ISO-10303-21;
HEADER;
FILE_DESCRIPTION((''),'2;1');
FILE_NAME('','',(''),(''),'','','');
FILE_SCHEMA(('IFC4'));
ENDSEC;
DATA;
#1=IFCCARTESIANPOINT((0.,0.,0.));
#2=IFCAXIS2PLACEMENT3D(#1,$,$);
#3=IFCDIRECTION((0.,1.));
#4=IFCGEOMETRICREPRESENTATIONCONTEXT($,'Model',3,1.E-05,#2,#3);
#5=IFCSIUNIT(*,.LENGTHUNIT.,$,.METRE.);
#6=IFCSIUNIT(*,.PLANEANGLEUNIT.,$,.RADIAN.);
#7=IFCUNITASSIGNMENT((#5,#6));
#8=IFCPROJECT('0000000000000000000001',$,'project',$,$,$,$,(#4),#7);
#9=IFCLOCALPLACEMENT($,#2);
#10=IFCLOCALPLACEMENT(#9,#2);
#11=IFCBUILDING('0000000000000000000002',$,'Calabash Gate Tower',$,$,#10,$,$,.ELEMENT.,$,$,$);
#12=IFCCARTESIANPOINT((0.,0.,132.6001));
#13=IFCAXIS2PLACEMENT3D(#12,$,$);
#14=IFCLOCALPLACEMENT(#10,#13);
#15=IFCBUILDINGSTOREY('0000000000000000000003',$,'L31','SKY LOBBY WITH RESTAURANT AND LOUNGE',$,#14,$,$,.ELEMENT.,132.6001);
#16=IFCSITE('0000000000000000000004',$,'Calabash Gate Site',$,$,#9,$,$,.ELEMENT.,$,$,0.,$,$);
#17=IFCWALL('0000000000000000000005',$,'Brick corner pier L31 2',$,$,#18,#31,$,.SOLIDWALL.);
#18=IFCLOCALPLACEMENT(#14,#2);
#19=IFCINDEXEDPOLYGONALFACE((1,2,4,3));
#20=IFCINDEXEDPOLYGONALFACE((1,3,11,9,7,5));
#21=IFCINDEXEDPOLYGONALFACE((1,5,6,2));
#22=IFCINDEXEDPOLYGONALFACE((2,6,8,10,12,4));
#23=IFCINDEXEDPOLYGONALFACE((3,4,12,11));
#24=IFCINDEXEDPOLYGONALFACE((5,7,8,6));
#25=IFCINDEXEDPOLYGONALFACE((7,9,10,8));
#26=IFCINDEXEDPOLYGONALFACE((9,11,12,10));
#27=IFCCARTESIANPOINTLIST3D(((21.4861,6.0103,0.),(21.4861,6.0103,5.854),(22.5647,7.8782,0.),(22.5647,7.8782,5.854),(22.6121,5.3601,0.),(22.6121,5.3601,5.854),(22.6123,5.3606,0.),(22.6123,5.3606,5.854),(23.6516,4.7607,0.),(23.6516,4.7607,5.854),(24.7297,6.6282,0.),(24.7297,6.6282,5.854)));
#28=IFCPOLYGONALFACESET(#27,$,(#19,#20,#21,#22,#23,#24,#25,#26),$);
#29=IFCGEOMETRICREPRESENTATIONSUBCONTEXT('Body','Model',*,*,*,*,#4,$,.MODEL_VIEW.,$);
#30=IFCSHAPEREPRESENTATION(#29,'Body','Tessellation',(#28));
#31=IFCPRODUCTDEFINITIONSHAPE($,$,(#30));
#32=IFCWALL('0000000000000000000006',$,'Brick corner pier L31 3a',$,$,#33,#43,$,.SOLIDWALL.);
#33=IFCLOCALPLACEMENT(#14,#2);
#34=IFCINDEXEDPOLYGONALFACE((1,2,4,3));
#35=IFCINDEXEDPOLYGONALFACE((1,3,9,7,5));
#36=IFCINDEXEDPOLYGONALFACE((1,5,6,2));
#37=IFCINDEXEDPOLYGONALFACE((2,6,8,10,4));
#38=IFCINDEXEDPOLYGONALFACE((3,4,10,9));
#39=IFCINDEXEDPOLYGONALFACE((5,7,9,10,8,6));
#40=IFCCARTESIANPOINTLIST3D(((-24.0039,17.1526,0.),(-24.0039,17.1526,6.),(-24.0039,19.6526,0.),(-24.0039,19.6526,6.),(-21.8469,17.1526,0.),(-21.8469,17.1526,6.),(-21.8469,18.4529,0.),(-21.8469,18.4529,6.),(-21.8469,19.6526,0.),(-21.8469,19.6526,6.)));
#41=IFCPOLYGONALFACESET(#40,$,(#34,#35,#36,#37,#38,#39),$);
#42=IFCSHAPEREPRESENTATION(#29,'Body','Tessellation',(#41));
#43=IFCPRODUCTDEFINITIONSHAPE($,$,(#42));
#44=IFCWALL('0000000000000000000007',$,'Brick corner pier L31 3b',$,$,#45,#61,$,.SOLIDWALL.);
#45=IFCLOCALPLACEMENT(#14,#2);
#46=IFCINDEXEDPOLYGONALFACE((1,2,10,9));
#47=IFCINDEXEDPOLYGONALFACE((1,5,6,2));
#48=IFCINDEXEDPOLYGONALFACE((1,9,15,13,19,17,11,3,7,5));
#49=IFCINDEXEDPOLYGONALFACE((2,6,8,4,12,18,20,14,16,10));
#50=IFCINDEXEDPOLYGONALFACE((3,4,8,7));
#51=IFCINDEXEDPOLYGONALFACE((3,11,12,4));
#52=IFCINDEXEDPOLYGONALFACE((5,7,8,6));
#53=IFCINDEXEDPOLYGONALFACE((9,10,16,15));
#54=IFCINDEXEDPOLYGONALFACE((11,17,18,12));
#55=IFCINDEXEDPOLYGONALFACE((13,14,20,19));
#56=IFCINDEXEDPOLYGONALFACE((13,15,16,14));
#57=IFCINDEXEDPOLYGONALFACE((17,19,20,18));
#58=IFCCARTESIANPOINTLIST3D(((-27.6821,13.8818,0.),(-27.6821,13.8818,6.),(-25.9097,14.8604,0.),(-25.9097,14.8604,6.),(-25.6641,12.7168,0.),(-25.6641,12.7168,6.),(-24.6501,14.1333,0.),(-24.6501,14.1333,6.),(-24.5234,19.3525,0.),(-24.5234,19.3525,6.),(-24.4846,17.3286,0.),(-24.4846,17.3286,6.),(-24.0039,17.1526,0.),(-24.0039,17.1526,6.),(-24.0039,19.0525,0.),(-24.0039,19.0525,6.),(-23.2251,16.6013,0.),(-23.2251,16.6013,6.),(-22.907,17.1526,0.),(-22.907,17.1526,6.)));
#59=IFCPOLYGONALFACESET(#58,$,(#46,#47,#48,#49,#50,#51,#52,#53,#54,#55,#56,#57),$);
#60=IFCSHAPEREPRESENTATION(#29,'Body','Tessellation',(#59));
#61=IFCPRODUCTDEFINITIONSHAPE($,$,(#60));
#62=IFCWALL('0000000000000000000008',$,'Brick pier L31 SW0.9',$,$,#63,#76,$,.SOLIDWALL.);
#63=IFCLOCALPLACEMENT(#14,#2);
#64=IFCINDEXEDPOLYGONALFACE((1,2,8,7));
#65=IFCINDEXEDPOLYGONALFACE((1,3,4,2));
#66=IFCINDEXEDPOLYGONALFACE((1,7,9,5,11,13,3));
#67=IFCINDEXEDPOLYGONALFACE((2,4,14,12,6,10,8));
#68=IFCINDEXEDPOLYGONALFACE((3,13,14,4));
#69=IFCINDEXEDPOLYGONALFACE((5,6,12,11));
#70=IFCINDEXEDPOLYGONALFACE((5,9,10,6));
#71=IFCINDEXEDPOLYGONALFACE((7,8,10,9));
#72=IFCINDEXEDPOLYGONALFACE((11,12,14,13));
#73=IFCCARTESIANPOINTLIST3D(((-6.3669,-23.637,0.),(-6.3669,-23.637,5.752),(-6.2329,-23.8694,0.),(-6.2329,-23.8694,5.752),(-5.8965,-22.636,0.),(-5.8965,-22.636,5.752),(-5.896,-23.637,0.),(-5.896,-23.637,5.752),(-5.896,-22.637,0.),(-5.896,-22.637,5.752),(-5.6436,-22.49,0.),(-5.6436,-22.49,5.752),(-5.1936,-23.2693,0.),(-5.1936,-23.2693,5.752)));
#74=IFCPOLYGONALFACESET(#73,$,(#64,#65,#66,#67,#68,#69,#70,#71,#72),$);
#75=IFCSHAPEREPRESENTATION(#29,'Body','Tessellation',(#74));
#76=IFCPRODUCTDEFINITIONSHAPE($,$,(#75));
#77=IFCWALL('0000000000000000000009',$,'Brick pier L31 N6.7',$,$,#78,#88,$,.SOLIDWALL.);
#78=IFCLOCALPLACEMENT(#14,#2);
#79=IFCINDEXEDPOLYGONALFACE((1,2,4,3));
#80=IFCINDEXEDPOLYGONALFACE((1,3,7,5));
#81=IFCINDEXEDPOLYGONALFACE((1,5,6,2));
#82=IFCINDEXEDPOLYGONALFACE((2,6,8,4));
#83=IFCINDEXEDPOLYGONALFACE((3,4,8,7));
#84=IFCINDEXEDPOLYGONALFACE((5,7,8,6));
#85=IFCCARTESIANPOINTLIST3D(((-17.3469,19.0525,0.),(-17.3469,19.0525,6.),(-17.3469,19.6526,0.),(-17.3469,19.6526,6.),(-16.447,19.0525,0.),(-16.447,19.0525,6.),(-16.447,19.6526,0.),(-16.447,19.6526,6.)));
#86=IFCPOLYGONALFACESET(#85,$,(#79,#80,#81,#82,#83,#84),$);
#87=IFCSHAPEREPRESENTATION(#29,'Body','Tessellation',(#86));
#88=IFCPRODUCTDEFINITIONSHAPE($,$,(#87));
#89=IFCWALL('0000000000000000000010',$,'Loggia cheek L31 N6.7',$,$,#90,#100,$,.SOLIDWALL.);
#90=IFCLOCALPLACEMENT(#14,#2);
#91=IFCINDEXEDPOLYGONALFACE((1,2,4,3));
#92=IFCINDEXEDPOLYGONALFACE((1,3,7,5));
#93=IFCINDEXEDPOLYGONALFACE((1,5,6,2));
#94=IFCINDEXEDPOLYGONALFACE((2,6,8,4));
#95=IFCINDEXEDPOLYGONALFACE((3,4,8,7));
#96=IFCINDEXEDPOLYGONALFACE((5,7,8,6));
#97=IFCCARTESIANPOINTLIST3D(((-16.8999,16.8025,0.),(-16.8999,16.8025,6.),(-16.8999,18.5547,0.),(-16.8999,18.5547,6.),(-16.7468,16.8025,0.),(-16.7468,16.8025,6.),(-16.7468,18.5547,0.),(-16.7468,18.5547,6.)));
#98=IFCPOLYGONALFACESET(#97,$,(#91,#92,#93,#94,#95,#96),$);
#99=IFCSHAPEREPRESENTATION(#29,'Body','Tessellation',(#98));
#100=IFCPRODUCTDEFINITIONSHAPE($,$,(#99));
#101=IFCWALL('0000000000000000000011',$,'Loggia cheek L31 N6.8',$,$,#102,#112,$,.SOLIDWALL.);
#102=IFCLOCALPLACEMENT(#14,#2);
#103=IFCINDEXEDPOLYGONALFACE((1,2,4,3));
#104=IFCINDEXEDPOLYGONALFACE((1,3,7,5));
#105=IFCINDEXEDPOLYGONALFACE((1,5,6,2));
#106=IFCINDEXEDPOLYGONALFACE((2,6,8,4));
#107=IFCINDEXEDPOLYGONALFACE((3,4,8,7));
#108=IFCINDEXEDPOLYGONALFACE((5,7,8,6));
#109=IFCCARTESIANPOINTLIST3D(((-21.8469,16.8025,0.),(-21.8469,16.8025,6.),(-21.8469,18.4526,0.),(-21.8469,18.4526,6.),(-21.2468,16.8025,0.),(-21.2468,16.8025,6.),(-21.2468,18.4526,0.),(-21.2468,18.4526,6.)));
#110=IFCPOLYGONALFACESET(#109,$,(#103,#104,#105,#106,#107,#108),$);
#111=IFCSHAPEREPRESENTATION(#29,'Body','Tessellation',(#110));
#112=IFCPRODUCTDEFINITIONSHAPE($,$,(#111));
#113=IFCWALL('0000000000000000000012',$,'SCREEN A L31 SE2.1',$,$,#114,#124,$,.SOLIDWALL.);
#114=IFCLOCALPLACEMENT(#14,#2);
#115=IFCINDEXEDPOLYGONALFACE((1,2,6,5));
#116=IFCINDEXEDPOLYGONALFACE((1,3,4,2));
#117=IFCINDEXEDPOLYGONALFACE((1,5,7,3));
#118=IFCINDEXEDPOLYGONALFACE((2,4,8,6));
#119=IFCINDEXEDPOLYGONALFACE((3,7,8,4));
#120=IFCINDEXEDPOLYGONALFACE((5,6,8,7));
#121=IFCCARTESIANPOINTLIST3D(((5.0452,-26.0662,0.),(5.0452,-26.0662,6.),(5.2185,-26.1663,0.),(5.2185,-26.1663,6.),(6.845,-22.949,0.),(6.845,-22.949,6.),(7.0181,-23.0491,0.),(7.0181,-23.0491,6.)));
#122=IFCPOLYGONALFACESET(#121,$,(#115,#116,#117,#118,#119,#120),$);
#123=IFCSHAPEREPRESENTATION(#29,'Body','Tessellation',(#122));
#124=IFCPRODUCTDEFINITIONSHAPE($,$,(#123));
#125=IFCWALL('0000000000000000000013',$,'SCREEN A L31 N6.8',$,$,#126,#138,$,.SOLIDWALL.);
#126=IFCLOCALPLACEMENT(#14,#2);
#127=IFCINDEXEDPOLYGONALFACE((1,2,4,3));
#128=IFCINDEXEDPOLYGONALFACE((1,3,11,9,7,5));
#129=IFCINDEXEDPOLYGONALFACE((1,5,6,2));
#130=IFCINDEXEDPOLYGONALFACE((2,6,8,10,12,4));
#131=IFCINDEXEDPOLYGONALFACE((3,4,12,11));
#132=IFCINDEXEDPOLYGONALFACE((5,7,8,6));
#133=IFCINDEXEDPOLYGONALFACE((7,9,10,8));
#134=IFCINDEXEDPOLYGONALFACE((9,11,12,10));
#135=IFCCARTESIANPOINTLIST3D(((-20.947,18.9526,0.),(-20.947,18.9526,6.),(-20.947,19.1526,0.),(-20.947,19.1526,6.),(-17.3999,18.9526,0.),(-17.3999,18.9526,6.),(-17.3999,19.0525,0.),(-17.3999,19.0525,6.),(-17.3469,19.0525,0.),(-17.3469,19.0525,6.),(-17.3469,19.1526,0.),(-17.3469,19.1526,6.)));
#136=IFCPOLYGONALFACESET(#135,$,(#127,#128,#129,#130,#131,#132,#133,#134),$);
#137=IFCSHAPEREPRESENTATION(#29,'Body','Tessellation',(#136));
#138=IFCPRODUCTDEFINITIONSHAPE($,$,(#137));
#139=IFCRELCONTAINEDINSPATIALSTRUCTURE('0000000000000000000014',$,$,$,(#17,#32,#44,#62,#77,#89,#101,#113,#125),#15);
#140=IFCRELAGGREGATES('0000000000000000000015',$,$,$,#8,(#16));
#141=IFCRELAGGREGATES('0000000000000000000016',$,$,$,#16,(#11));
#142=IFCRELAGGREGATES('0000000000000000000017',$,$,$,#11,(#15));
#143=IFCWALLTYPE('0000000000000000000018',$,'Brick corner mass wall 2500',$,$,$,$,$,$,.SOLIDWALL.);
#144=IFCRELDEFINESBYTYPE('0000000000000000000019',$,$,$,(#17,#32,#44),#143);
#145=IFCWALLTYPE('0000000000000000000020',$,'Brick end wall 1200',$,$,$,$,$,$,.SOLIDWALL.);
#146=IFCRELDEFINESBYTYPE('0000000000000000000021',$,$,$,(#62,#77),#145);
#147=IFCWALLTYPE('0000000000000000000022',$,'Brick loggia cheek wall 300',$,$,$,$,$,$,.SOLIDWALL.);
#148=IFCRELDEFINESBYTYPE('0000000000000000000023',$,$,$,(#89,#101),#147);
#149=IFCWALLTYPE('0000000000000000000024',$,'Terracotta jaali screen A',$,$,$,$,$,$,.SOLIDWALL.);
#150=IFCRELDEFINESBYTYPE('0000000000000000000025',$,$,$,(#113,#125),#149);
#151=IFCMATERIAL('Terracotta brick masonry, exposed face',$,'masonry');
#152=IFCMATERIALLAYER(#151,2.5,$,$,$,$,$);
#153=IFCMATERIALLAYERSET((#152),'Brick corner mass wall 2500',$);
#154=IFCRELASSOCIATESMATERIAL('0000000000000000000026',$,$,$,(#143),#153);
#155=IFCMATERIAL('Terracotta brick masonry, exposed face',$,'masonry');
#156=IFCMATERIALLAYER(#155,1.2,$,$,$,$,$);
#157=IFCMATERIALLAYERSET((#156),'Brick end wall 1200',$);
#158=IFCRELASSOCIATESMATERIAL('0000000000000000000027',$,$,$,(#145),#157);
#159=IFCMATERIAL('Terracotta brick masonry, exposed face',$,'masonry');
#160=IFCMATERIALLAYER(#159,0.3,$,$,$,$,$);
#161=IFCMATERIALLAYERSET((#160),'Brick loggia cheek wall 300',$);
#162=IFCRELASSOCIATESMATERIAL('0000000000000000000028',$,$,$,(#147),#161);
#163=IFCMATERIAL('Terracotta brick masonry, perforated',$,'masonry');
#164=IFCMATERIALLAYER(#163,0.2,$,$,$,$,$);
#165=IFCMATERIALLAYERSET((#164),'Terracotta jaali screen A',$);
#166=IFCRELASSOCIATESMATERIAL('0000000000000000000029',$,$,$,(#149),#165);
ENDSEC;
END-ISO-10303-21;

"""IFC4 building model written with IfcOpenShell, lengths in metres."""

from ifc_helpers import new_model, si_unit, direction, frame, origin, place, context, subcontext, project, spatial, polyline, outline, extrude, material, layer, layer_set, type_object, element, save


model = new_model("IFC4")

# Units and contexts
model_context = context("Model", 3, precision=1e-05, world=origin(), true_north=direction((0.0, 1.0)))
body_context = subcontext(model_context, "Body", "Model", "MODEL_VIEW")
ifc_project = project(units=[si_unit("LENGTHUNIT", "METRE"), si_unit("PLANEANGLEUNIT", "RADIAN")], contexts=[model_context])

# Site, building, storey
site_placement = place(None, origin())
site = spatial("IfcSite", under=ifc_project, at=site_placement, Name="Calabash Gate Site", CompositionType="ELEMENT", RefElevation=0.0)
building_placement = place(site_placement, origin())
building = spatial("IfcBuilding", under=site, at=building_placement, Name="Calabash Gate Tower", CompositionType="ELEMENT")
storey_placement = place(building_placement, frame((0.0, 0.0, 132.6001)))
storey = spatial("IfcBuildingStorey", under=building, at=storey_placement, Name="L31", Description="SKY LOBBY WITH RESTAURANT AND LOUNGE", CompositionType="ELEMENT", Elevation=132.6001)

# Walls
ifc_material_1 = material(Name="Terracotta brick masonry, exposed face", Category="masonry")
ifc_layer_1 = layer(ifc_material_1, 2.5)
ifc_layer_set_1 = layer_set([ifc_layer_1], Name="Brick corner mass wall 2500")
wall_type_1 = type_object("IfcWallType", Name="Brick corner mass wall 2500", PredefinedType="SOLIDWALL", material=ifc_layer_set_1)
wall_1_placement = place(storey_placement, origin())
element("IfcWall", 1, at=wall_1_placement, inside=storey, type_object=wall_type_1, Name="Brick corner pier L31 2", PredefinedType="SOLIDWALL", context=body_context, shape_type="SweptSolid", body=[
    extrude(outline(polyline([(22.5647, 7.8782), (21.4861, 6.0103), (22.6121, 5.3601), (22.6123, 5.3606), (23.6516, 4.7607), (24.7297, 6.6282), (22.5647, 7.8782)])), origin(), (0.0, 0.0, 1.0), 5.854),
])
wall_2_placement = place(storey_placement, origin())
element("IfcWall", 2, at=wall_2_placement, inside=storey, type_object=wall_type_1, Name="Brick corner pier L31 3a", PredefinedType="SOLIDWALL", context=body_context, shape_type="SweptSolid", body=[
    extrude(outline(polyline([(-24.0039, 17.1526), (-21.8469, 17.1526), (-21.8469, 18.4529), (-21.8469, 18.4529), (-21.8469, 19.6526), (-24.0039, 19.6526), (-24.0039, 17.1526)])), origin(), (0.0, 0.0, 1.0), 6.0),
])
wall_3_placement = place(storey_placement, origin())
element("IfcWall", 3, at=wall_3_placement, inside=storey, type_object=wall_type_1, Name="Brick corner pier L31 3b", PredefinedType="SOLIDWALL", context=body_context, shape_type="SweptSolid", body=[
    extrude(outline(polyline([(-23.2251, 16.6013), (-22.907, 17.1526), (-24.0039, 17.1526), (-24.0039, 19.0525), (-24.5234, 19.3525), (-27.6821, 13.8818), (-25.6641, 12.7168), (-24.6501, 14.1333), (-25.9097, 14.8604), (-24.4846, 17.3286), (-23.2251, 16.6013)])), origin(), (0.0, 0.0, 1.0), 6.0),
])
ifc_material_2 = material(Name="Terracotta brick masonry, exposed face", Category="masonry")
ifc_layer_2 = layer(ifc_material_2, 1.2)
ifc_layer_set_2 = layer_set([ifc_layer_2], Name="Brick end wall 1200")
wall_type_2 = type_object("IfcWallType", Name="Brick end wall 1200", PredefinedType="SOLIDWALL", material=ifc_layer_set_2)
wall_4_placement = place(storey_placement, origin())
element("IfcWall", 4, at=wall_4_placement, inside=storey, type_object=wall_type_2, Name="Brick pier L31 SW0.9", PredefinedType="SOLIDWALL", context=body_context, shape_type="SweptSolid", body=[
    extrude(outline(polyline([(-6.3669, -23.637), (-6.2329, -23.8694), (-5.1936, -23.2693), (-5.6436, -22.49), (-5.8965, -22.636), (-5.896, -22.637), (-5.896, -23.637), (-6.3669, -23.637)])), origin(), (0.0, 0.0, 1.0), 5.752),
])
wall_5_placement = place(storey_placement, origin())
element("IfcWall", 5, at=wall_5_placement, inside=storey, type_object=wall_type_2, Name="Brick pier L31 N6.7", PredefinedType="SOLIDWALL", context=body_context, shape_type="SweptSolid", body=[
    extrude(outline(polyline([(-16.447, 19.0525), (-16.447, 19.6526), (-17.3469, 19.6526), (-17.3469, 19.0525), (-16.447, 19.0525)])), origin(), (0.0, 0.0, 1.0), 6.0),
])
ifc_material_3 = material(Name="Terracotta brick masonry, exposed face", Category="masonry")
ifc_layer_3 = layer(ifc_material_3, 0.3)
ifc_layer_set_3 = layer_set([ifc_layer_3], Name="Brick loggia cheek wall 300")
wall_type_3 = type_object("IfcWallType", Name="Brick loggia cheek wall 300", PredefinedType="SOLIDWALL", material=ifc_layer_set_3)
wall_6_placement = place(storey_placement, origin())
element("IfcWall", 6, at=wall_6_placement, inside=storey, type_object=wall_type_3, Name="Loggia cheek L31 N6.7", PredefinedType="SOLIDWALL", context=body_context, shape_type="SweptSolid", body=[
    extrude(outline(polyline([(-16.8999, 18.5547), (-16.7468, 18.5547), (-16.7468, 16.8025), (-16.8999, 16.8025), (-16.8999, 18.5547)])), origin(), (0.0, 0.0, 1.0), 6.0),
])
wall_7_placement = place(storey_placement, origin())
element("IfcWall", 7, at=wall_7_placement, inside=storey, type_object=wall_type_3, Name="Loggia cheek L31 N6.8", PredefinedType="SOLIDWALL", context=body_context, shape_type="SweptSolid", body=[
    extrude(outline(polyline([(-21.8469, 18.4526), (-21.8469, 16.8025), (-21.2468, 16.8025), (-21.2468, 18.4526), (-21.8469, 18.4526)])), origin(), (0.0, 0.0, 1.0), 6.0),
])
ifc_material_4 = material(Name="Terracotta brick masonry, perforated", Category="masonry")
ifc_layer_4 = layer(ifc_material_4, 0.2)
ifc_layer_set_4 = layer_set([ifc_layer_4], Name="Terracotta jaali screen A")
wall_type_4 = type_object("IfcWallType", Name="Terracotta jaali screen A", PredefinedType="SOLIDWALL", material=ifc_layer_set_4)
wall_8_placement = place(storey_placement, origin())
element("IfcWall", 8, at=wall_8_placement, inside=storey, type_object=wall_type_4, Name="SCREEN A L31 SE2.1", PredefinedType="SOLIDWALL", context=body_context, shape_type="SweptSolid", body=[
    extrude(outline(polyline([(6.845, -22.949), (5.0452, -26.0662), (5.2185, -26.1663), (7.0181, -23.0491), (6.845, -22.949)])), origin(), (0.0, 0.0, 1.0), 6.0),
])
wall_9_placement = place(storey_placement, origin())
element("IfcWall", 9, at=wall_9_placement, inside=storey, type_object=wall_type_4, Name="SCREEN A L31 N6.8", PredefinedType="SOLIDWALL", context=body_context, shape_type="SweptSolid", body=[
    extrude(outline(polyline([(-20.947, 19.1526), (-20.947, 18.9526), (-17.3999, 18.9526), (-17.3999, 19.0525), (-17.3469, 19.0525), (-17.3469, 19.1526), (-20.947, 19.1526)])), origin(), (0.0, 0.0, 1.0), 6.0),
])

save(model, "model.ifc")
